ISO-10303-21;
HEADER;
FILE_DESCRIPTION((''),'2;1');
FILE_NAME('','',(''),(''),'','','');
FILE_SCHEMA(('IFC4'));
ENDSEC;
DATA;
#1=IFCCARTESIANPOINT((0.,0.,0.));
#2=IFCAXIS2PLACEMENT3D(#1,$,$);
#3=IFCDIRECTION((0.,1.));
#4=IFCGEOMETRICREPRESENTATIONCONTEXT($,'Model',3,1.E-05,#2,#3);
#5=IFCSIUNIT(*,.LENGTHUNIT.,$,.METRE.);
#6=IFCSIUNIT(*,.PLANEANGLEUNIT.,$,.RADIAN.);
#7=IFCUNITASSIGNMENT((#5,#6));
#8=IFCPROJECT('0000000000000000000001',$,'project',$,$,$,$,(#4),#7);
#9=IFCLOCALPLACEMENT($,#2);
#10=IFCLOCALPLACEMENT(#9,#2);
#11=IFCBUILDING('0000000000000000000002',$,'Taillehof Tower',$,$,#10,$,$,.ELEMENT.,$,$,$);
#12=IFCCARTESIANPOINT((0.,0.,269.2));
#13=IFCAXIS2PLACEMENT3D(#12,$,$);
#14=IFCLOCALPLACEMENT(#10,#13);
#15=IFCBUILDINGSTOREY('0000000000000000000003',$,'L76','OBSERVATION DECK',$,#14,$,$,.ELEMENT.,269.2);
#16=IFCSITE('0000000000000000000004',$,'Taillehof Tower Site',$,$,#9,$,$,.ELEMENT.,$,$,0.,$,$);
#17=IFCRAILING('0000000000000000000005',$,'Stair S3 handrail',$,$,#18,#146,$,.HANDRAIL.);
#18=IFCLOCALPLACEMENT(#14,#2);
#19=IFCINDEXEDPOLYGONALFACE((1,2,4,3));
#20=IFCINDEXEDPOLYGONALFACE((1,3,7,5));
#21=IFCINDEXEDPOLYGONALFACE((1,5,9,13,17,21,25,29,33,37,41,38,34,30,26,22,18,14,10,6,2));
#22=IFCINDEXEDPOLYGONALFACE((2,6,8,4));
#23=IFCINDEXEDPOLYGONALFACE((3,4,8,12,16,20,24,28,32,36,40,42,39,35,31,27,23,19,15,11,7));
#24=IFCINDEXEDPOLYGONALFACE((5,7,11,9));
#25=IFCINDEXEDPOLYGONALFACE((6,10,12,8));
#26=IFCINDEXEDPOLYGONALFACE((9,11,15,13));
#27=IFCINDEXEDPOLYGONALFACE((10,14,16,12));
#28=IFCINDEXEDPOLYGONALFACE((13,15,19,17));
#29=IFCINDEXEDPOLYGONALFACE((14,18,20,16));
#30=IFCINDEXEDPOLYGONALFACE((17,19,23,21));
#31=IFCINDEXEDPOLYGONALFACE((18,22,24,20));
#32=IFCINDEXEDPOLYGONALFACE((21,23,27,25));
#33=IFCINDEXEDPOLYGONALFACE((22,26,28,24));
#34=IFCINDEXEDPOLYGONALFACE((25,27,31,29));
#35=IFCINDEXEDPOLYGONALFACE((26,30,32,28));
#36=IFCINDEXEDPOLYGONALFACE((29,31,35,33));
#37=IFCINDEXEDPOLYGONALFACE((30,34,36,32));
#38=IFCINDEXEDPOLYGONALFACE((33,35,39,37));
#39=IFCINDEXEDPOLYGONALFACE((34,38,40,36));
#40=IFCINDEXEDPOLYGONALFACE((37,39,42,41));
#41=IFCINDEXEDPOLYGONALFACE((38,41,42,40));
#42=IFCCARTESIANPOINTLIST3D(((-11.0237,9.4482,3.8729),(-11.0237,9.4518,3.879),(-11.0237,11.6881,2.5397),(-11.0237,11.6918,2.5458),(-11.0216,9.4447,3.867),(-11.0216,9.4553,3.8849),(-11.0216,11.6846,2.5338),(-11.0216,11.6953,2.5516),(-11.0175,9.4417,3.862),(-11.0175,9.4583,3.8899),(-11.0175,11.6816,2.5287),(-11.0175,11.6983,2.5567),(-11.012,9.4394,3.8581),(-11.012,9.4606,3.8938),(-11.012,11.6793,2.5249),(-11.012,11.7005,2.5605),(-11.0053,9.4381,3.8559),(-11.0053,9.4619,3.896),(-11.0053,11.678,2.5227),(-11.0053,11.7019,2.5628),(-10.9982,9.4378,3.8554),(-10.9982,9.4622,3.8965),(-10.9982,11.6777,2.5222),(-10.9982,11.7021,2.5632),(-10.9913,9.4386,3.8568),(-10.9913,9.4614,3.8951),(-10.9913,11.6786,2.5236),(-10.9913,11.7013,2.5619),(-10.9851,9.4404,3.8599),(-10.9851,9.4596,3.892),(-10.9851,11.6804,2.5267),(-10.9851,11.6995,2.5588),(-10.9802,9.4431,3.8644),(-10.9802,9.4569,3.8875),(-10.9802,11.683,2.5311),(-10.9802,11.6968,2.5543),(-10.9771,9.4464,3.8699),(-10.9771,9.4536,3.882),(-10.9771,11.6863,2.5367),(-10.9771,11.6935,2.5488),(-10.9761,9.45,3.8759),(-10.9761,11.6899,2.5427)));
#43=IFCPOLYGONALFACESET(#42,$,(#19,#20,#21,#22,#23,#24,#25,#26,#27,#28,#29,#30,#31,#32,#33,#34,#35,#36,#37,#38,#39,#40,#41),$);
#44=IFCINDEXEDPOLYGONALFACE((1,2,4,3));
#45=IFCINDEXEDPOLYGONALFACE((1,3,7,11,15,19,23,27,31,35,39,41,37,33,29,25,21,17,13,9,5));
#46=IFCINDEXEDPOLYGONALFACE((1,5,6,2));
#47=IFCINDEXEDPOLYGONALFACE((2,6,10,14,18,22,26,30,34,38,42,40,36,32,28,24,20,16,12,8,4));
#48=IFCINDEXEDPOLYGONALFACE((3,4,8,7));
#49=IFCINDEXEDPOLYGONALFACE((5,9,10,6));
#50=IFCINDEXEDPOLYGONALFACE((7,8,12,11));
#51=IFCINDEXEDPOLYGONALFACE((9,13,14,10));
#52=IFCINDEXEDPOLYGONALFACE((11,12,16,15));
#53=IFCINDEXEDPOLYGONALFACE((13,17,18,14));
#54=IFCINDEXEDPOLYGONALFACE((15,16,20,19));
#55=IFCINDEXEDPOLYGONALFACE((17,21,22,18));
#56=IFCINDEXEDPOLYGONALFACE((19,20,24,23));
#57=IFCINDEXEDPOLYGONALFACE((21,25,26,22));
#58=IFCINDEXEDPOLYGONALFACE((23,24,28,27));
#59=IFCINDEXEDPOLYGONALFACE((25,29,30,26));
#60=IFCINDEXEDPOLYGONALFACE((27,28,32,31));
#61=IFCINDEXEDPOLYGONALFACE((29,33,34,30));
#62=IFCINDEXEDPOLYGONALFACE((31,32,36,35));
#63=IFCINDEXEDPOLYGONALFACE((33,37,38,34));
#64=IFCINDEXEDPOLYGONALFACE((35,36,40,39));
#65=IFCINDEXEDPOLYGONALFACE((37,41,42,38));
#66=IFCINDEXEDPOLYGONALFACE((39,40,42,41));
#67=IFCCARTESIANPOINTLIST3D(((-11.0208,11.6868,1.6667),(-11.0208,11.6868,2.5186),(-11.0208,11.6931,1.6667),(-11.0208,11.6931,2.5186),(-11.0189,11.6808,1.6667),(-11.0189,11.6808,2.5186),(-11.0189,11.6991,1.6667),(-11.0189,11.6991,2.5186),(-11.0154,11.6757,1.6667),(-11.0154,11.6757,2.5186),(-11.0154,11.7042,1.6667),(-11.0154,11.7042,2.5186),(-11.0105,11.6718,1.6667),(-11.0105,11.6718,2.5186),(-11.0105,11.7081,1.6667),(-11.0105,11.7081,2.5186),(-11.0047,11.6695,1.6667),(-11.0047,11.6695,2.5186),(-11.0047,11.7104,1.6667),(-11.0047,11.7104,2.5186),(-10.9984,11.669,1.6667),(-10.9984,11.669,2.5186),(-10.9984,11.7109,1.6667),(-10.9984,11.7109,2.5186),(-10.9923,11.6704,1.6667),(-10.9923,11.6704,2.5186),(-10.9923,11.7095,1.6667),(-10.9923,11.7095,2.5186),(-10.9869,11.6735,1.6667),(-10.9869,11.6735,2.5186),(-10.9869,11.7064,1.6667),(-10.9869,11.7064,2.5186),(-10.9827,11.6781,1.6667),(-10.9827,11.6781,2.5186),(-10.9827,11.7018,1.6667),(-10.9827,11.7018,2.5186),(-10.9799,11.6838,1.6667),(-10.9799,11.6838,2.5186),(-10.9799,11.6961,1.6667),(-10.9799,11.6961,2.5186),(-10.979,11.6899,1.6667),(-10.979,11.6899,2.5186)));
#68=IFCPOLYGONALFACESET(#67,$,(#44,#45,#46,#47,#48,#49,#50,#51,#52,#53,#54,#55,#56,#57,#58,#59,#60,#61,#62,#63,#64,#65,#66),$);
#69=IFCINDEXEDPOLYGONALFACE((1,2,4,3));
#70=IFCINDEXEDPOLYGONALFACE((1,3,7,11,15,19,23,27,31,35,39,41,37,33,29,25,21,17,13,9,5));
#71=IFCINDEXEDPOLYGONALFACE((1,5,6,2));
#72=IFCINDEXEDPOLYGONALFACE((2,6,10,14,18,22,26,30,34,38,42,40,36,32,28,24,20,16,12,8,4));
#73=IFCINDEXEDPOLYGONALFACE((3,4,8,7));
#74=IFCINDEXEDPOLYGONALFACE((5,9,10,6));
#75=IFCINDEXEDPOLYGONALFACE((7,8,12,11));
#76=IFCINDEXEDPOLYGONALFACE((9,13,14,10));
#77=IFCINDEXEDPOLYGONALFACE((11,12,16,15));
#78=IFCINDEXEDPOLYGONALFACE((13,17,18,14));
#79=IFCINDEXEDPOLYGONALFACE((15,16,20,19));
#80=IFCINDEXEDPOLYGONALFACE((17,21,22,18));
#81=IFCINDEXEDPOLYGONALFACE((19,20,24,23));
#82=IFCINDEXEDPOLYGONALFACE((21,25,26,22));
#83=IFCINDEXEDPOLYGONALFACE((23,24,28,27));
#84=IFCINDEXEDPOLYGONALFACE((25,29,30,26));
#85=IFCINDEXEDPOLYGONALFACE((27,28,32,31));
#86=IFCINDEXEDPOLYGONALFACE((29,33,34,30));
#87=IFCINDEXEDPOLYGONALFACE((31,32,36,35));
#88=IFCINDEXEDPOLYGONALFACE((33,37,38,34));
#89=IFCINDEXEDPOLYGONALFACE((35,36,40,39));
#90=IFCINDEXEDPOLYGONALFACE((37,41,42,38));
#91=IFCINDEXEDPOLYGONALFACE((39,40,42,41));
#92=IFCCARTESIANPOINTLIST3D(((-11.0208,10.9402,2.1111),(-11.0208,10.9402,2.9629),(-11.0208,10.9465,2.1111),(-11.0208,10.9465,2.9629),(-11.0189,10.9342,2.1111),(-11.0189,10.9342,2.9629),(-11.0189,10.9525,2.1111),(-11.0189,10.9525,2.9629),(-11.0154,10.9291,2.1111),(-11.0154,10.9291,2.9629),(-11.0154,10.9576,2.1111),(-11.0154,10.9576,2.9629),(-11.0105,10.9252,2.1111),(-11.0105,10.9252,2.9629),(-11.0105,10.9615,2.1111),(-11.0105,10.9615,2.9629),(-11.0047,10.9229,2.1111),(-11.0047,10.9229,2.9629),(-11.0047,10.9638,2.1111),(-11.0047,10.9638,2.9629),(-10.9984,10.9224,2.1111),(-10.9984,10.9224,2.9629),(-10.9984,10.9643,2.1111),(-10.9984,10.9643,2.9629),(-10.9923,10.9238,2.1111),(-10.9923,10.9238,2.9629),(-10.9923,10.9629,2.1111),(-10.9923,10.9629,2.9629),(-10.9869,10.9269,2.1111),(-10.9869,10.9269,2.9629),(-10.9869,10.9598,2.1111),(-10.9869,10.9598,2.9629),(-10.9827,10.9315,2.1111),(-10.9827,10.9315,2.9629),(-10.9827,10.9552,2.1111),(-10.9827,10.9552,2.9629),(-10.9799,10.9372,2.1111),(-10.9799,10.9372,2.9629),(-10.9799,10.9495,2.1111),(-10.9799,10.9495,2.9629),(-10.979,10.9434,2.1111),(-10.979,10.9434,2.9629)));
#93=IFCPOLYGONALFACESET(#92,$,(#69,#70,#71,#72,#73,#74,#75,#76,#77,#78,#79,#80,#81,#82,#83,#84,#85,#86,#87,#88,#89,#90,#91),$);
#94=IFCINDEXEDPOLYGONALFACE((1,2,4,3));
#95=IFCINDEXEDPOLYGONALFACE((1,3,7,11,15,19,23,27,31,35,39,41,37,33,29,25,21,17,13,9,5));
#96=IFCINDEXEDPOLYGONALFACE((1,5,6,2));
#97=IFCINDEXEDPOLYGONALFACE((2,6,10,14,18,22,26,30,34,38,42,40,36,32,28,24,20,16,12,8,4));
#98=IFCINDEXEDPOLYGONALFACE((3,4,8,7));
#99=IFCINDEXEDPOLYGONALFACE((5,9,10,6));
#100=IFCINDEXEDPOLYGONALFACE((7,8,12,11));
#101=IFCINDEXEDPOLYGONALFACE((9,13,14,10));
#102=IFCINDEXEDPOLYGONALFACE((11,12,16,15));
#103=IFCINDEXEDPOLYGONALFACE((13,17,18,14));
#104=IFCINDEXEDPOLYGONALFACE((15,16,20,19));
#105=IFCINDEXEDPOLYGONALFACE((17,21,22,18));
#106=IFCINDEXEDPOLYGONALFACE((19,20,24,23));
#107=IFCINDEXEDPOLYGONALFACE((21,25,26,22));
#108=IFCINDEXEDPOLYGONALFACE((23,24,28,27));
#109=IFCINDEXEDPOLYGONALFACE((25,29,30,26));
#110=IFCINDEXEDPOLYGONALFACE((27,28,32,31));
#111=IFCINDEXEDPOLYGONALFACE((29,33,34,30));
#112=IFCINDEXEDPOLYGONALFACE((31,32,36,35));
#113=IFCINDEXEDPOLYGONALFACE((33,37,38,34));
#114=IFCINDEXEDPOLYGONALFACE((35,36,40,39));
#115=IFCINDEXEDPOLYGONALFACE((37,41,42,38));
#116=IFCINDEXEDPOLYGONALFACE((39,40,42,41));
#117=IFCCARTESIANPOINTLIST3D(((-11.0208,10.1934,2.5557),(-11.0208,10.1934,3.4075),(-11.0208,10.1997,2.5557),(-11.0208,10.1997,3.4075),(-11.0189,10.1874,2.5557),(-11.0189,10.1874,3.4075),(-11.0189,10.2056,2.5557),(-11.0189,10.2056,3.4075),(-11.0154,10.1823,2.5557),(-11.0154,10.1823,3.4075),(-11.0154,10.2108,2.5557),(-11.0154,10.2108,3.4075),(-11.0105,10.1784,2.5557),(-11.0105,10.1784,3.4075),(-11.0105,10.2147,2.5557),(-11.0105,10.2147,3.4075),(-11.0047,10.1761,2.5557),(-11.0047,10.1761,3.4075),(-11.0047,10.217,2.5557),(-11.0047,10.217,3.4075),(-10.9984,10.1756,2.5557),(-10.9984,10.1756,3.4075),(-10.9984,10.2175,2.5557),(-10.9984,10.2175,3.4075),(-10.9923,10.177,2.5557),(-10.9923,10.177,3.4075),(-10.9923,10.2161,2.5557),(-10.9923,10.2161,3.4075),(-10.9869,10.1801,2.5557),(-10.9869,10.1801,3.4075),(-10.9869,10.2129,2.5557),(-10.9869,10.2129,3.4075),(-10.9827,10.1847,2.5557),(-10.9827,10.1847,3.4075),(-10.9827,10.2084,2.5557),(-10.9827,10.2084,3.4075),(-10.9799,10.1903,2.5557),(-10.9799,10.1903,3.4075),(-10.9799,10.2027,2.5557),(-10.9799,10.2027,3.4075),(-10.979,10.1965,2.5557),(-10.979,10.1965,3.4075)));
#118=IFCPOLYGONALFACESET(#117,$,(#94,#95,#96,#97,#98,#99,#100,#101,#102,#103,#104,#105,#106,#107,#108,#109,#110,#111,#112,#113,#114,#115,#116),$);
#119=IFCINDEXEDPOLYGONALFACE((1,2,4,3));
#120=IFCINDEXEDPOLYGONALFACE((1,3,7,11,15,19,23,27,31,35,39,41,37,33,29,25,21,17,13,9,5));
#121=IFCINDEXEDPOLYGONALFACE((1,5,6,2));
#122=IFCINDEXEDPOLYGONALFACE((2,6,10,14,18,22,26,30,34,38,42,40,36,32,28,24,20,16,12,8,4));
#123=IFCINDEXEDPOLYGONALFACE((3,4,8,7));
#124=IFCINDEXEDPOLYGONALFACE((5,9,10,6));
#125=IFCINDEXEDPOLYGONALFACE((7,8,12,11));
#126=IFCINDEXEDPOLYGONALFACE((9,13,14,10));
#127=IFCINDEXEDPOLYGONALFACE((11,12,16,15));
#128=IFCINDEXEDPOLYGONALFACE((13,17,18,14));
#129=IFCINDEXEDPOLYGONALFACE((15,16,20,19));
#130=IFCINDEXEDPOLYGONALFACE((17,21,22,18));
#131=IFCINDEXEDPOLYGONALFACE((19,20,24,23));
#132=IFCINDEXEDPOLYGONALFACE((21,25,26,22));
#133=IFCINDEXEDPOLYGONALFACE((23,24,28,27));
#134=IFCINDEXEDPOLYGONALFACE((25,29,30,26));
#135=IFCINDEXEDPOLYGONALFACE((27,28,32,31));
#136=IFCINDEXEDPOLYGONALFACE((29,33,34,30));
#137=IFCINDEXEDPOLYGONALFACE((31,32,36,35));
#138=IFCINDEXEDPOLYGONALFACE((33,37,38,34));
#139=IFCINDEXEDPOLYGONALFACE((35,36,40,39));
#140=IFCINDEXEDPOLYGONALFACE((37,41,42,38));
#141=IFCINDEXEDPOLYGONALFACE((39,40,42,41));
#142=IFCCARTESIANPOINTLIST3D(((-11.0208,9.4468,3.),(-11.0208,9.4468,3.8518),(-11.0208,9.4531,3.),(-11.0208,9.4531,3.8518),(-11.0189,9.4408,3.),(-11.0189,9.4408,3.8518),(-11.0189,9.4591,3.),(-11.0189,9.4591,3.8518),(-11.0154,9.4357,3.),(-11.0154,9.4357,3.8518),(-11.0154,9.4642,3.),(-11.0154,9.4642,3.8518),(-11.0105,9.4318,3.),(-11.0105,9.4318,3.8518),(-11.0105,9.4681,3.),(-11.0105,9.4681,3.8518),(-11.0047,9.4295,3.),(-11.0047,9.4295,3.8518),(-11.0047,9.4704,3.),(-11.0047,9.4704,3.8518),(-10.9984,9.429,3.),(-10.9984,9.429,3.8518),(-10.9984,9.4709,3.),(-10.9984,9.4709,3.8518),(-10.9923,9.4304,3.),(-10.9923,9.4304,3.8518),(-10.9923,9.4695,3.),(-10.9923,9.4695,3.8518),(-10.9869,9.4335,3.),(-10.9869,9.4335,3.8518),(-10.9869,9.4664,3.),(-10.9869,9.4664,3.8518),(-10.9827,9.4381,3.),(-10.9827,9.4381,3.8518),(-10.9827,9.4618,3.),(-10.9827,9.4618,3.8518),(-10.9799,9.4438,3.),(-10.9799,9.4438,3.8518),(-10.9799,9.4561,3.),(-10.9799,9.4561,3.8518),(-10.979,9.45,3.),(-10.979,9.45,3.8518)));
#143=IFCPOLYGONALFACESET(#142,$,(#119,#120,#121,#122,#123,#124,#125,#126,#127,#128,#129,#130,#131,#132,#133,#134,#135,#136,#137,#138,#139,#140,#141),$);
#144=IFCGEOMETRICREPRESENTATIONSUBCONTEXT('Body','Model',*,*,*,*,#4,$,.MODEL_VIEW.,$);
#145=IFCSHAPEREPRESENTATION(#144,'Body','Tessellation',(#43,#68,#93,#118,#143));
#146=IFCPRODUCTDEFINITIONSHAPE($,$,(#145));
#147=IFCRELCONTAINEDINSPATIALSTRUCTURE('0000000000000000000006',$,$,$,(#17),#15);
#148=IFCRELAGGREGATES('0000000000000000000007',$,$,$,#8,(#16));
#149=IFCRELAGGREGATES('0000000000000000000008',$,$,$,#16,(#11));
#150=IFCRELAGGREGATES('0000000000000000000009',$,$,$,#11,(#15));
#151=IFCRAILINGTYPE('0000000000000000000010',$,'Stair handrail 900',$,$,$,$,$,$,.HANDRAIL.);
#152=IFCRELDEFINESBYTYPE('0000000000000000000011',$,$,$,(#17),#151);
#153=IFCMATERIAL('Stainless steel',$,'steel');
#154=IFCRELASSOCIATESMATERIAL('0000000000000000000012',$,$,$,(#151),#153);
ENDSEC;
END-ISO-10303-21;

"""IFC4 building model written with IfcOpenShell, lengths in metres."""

from ifc_helpers import new_model, si_unit, direction, frame, origin, origin_2d, place, context, subcontext, project, spatial, circle, extrude, material, type_object, element, save


model = new_model("IFC4")

# Units and contexts
model_context = context("Model", 3, precision=1e-05, world=origin(), true_north=direction((0.0, 1.0)))
body_context = subcontext(model_context, "Body", "Model", "MODEL_VIEW")
ifc_project = project(units=[si_unit("LENGTHUNIT", "METRE"), si_unit("PLANEANGLEUNIT", "RADIAN")], contexts=[model_context])

# Site, building, storey
site_placement = place(None, origin())
site = spatial("IfcSite", under=ifc_project, at=site_placement, Name="Taillehof Tower Site", CompositionType="ELEMENT", RefElevation=0.0)
building_placement = place(site_placement, origin())
building = spatial("IfcBuilding", under=site, at=building_placement, Name="Taillehof Tower", CompositionType="ELEMENT")
storey_placement = place(building_placement, frame((0.0, 0.0, 269.2)))
storey = spatial("IfcBuildingStorey", under=building, at=storey_placement, Name="L76", Description="OBSERVATION DECK", CompositionType="ELEMENT", Elevation=269.2)

# Railing
ifc_material_1 = material(Name="Stainless steel", Category="steel")
railing_type_1 = type_object("IfcRailingType", Name="Stair handrail 900", PredefinedType="HANDRAIL", material=ifc_material_1)
railing_1_placement = place(storey_placement, frame((-11.0, 11.6899, 1.6667)))
element("IfcRailing", 1, at=railing_1_placement, inside=storey, type_object=railing_type_1, Name="Stair S3 handrail", PredefinedType="HANDRAIL", context=body_context, shape_type="SweptSolid", body=[
    extrude(circle(Radius=0.0239, at=origin_2d()), frame((0.0, 0.0, 0.876), z_axis=(0.0, -0.859306, 0.511462), x_axis=(1.0, 0.0, 0.0)), (0.0, 0.0, 1.0), 2.6067),
    extrude(circle(Radius=0.021, at=origin_2d()), origin(), (0.0, 0.0, 1.0), 0.8518),
    extrude(circle(Radius=0.021, at=origin_2d()), frame((0.0, -0.7466, 0.4443)), (0.0, 0.0, 1.0), 0.8518),
    extrude(circle(Radius=0.021, at=origin_2d()), frame((0.0, -1.4934, 0.8889)), (0.0, 0.0, 1.0), 0.8518),
    extrude(circle(Radius=0.021, at=origin_2d()), frame((0.0, -2.24, 1.3333)), (0.0, 0.0, 1.0), 0.8518),
])

save(model, "model.ifc")
